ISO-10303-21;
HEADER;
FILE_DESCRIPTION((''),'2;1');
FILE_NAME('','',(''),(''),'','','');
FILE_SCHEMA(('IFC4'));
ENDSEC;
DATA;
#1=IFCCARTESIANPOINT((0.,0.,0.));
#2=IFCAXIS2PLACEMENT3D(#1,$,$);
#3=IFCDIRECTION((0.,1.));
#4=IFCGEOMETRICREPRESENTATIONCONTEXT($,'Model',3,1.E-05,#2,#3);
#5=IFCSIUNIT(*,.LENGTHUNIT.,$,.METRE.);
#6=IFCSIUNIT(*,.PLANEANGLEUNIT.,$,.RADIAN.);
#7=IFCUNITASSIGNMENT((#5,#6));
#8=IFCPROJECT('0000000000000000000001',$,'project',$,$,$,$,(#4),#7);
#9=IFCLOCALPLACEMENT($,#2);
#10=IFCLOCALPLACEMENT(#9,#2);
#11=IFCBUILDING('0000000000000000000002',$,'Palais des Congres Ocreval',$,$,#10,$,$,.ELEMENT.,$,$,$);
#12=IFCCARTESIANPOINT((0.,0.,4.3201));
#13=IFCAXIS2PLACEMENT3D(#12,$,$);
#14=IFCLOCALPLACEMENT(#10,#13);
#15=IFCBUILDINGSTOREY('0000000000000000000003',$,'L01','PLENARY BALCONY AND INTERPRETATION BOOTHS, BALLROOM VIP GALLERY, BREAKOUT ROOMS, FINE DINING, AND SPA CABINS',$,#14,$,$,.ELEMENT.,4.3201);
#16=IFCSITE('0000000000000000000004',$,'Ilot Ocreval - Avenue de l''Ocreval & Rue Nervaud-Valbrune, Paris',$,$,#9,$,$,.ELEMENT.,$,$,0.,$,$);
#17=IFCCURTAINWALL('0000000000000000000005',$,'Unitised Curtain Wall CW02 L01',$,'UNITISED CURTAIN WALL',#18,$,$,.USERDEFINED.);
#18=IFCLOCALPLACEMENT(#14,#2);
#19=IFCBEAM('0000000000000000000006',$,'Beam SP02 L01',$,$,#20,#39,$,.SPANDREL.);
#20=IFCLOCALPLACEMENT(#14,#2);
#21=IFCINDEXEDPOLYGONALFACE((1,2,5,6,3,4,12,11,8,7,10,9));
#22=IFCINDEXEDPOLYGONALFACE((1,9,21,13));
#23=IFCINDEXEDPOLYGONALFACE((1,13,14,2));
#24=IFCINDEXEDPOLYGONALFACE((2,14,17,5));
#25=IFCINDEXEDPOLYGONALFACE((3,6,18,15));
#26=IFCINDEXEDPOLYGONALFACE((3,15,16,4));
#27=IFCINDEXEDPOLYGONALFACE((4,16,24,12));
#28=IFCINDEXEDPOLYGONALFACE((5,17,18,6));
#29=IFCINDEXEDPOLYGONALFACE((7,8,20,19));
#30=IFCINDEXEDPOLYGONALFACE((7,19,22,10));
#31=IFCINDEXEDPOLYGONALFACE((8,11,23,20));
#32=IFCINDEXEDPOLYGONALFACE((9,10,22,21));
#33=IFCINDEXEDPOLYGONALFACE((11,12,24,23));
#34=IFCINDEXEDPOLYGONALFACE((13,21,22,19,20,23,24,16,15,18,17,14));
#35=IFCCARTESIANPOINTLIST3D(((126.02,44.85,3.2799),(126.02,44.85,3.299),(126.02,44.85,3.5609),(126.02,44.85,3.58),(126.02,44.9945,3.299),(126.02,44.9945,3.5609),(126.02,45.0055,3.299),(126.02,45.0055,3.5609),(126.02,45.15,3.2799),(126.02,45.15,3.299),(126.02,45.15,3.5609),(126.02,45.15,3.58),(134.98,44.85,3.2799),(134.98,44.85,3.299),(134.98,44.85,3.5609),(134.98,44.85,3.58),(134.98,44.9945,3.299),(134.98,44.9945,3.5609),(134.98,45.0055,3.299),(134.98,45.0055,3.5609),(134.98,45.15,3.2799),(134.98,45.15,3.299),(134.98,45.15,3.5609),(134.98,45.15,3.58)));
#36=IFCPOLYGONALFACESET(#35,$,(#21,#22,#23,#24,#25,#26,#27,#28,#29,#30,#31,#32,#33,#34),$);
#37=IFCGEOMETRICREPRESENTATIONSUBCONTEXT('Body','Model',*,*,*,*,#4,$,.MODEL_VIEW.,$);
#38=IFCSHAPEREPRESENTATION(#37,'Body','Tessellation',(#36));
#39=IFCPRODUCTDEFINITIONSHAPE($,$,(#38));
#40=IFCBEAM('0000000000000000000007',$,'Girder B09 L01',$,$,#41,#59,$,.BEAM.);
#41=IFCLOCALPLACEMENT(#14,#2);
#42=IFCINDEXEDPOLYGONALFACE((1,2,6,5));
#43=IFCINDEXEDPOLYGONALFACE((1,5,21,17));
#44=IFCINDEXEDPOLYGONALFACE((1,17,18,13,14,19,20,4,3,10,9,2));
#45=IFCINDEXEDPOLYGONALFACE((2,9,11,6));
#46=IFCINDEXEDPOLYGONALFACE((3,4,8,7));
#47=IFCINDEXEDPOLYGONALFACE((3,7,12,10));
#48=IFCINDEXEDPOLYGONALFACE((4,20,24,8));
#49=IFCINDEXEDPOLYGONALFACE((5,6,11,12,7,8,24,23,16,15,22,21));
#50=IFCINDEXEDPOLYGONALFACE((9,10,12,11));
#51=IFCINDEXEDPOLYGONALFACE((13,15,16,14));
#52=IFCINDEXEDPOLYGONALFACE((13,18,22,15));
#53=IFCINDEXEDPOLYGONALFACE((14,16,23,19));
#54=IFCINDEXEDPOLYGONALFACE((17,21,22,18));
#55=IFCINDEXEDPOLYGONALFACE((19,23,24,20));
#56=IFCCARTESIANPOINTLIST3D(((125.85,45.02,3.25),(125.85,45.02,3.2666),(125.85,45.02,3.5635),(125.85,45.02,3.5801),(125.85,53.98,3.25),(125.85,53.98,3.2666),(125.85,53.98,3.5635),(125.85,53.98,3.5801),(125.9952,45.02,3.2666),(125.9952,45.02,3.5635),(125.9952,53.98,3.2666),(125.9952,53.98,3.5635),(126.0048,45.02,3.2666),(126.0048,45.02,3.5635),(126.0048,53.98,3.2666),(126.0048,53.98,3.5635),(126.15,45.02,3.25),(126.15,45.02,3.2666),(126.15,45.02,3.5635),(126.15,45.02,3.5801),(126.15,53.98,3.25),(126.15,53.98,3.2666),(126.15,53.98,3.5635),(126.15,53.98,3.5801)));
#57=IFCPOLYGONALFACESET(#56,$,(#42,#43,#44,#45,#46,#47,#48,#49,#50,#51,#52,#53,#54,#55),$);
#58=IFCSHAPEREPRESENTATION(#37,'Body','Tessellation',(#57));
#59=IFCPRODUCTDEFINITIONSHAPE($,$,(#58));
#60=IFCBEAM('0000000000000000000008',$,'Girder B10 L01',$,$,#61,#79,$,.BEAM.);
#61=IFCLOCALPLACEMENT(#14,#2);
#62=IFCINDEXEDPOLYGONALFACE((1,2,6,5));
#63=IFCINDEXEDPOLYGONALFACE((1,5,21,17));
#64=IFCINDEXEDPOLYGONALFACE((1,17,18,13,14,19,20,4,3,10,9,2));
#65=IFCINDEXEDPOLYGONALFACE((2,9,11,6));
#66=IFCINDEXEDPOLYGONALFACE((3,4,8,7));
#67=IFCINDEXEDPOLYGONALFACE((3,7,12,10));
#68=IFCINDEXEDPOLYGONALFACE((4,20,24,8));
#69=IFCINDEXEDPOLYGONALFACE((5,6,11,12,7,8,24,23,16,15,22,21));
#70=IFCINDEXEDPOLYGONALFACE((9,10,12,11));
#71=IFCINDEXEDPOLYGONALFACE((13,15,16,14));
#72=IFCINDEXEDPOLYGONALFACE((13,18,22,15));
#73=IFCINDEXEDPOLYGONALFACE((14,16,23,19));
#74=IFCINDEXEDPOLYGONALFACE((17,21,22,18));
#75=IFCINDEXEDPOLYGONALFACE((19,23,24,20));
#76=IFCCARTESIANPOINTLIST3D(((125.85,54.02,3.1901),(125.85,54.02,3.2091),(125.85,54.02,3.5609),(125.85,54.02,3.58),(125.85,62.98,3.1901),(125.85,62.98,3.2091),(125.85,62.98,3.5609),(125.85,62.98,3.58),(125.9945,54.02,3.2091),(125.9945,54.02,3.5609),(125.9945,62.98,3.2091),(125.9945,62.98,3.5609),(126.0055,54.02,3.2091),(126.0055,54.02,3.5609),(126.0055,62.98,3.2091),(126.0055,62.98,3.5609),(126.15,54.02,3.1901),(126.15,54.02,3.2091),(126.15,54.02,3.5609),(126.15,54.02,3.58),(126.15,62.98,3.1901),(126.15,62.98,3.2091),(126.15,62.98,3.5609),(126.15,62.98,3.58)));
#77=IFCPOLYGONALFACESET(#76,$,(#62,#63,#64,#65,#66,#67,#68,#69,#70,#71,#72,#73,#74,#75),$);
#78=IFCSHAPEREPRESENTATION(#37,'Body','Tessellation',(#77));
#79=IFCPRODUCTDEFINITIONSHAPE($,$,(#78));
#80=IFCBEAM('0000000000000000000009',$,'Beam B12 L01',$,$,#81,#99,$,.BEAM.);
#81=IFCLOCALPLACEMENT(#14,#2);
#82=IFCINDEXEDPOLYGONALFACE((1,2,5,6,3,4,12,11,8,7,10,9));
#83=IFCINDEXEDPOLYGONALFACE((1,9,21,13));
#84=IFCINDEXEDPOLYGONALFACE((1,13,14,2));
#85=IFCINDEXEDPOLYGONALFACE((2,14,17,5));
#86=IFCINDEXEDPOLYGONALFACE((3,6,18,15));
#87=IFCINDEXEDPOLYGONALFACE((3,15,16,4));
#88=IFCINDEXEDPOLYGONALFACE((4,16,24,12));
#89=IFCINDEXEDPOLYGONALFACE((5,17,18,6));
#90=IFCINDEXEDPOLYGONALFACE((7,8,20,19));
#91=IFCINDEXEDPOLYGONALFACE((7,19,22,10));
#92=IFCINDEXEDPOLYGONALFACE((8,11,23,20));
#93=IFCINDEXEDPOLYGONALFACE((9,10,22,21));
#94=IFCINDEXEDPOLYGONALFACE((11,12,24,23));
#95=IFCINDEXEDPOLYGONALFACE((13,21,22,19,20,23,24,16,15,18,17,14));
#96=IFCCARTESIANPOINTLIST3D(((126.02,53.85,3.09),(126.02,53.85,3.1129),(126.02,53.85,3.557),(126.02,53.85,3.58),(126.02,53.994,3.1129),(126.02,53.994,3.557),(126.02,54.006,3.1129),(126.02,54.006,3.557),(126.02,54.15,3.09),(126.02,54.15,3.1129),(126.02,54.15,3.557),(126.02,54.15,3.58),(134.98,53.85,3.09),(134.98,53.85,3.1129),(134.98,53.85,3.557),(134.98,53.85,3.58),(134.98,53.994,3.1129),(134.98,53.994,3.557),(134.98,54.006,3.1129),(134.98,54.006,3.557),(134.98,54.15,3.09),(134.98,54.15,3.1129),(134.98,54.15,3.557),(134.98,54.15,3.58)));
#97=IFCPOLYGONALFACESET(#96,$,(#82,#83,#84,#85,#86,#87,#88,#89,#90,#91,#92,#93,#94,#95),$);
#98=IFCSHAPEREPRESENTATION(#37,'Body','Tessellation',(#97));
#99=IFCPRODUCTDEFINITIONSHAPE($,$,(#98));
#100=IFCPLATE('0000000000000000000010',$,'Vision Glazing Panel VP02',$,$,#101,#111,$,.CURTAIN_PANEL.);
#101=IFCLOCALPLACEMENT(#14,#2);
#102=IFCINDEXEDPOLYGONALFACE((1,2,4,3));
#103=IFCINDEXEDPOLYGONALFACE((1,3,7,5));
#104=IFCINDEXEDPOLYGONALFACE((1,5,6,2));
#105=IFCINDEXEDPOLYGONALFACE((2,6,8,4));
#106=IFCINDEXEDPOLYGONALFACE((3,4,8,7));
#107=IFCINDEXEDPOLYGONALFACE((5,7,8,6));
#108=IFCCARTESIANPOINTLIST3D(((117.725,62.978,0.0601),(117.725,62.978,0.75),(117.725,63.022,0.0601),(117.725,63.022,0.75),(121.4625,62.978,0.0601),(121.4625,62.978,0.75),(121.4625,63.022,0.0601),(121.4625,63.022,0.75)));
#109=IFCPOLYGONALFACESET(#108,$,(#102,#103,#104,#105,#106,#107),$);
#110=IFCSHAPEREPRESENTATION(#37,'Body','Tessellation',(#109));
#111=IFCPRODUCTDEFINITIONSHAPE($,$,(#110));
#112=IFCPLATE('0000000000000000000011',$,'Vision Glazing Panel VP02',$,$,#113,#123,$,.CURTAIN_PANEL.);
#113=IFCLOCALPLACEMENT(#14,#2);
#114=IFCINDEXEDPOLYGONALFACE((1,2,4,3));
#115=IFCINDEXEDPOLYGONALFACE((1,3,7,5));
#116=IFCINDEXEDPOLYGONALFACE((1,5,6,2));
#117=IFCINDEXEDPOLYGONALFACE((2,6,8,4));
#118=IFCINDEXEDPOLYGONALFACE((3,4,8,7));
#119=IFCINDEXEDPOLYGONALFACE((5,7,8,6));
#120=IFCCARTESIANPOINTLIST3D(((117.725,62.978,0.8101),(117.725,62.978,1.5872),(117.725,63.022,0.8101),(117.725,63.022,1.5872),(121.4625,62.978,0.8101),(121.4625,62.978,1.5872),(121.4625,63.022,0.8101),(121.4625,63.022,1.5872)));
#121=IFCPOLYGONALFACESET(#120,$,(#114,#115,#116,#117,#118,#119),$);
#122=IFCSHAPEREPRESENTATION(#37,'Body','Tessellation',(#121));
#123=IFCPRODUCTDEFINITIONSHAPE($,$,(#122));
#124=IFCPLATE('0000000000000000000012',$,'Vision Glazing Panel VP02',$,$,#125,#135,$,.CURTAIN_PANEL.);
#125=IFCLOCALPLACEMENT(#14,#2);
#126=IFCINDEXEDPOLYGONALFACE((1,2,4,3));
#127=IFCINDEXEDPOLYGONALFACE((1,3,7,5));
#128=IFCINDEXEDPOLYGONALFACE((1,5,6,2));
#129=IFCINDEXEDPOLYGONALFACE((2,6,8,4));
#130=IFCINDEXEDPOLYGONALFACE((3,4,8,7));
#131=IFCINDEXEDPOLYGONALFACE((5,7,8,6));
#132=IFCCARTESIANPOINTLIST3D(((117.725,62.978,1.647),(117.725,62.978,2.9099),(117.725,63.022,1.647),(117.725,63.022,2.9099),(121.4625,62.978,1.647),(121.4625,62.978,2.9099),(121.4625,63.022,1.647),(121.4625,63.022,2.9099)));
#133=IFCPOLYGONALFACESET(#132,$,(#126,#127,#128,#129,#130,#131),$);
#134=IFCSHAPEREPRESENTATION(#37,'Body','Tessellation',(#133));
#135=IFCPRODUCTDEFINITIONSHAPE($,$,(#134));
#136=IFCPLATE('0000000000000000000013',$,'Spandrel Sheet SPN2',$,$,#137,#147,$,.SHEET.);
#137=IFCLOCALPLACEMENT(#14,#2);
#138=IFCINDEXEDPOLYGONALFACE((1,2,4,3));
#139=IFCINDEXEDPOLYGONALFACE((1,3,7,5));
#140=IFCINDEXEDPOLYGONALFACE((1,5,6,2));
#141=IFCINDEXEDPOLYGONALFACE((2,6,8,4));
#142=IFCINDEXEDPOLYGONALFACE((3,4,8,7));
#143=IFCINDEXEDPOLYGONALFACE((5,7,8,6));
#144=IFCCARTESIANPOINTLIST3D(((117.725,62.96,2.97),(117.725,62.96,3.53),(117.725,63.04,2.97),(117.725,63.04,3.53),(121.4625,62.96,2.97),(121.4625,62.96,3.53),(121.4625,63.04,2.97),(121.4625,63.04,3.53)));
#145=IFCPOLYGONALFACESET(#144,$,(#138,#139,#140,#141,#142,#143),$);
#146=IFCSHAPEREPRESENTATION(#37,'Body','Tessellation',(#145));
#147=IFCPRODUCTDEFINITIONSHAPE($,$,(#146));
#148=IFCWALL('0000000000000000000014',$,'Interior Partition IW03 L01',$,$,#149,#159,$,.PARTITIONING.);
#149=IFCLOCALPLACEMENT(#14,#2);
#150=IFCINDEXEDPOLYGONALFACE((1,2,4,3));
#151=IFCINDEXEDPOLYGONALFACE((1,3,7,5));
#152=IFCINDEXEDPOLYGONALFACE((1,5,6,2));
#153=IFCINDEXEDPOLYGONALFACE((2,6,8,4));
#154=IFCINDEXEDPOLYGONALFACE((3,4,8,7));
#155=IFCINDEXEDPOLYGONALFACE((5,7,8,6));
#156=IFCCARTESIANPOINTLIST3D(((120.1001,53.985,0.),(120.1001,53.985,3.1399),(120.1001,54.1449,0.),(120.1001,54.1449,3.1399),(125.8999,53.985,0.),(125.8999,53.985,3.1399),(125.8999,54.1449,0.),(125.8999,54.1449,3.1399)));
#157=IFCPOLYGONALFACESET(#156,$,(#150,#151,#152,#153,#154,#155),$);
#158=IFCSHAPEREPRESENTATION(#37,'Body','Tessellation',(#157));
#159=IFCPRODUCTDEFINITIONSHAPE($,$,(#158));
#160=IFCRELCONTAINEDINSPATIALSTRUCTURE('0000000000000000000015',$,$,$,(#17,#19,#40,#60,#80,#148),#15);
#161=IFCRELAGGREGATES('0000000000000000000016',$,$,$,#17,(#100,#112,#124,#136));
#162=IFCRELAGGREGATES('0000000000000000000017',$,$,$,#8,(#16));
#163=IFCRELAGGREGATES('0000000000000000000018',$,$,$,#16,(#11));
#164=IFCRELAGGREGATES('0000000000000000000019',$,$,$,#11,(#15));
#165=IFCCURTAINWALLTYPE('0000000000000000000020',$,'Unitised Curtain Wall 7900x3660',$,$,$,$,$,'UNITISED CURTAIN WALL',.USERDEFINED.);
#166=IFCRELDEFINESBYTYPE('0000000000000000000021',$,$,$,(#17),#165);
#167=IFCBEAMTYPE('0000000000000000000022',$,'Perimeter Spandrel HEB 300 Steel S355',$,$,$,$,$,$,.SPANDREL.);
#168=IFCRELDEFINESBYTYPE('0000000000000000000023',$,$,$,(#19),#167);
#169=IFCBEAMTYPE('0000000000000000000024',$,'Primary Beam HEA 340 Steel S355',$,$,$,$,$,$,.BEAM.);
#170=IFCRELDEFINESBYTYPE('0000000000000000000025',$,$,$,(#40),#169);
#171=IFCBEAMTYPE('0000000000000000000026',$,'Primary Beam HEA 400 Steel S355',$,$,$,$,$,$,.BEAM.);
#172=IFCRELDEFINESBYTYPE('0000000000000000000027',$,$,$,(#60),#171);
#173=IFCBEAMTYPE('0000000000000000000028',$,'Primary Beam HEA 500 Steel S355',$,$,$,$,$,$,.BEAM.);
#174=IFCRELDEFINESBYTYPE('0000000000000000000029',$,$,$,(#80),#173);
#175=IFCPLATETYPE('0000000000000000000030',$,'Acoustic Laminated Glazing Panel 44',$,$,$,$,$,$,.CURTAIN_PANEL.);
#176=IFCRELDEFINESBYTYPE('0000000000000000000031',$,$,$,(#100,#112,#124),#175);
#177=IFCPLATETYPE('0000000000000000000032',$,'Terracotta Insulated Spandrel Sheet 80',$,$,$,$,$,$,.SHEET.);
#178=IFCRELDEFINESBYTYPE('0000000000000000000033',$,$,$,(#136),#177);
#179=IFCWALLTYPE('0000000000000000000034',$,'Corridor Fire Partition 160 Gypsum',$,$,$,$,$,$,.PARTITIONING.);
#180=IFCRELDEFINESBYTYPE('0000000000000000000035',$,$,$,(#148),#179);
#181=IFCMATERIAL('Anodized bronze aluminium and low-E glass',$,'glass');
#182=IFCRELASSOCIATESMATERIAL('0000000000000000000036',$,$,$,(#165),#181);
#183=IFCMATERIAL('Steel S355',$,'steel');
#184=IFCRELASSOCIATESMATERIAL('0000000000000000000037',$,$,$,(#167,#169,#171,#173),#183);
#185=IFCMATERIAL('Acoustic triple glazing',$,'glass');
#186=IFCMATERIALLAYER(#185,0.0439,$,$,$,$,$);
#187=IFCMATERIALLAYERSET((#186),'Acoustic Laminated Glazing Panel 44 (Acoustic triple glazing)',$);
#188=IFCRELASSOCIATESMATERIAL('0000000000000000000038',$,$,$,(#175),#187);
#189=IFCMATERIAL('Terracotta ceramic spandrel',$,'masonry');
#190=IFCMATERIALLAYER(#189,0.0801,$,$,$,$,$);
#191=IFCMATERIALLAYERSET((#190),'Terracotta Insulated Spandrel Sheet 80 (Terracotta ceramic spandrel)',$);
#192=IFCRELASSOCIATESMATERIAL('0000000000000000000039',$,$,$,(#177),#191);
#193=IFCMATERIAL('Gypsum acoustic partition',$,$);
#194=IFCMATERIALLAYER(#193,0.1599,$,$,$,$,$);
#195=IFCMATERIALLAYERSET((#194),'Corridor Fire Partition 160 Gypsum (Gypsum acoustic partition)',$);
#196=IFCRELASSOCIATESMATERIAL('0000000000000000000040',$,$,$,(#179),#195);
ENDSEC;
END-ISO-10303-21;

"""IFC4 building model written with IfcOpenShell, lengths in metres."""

from ifc_helpers import new_model, si_unit, direction, frame, frame_2d, origin, origin_2d, place, context, subcontext, project, spatial, rectangle, i_section, extrude, material, layer, layer_set, material_profile, profile_set, type_object, element, aggregate, save


model = new_model("IFC4")

# Units and contexts
model_context = context("Model", 3, precision=1e-05, world=origin(), true_north=direction((0.0, 1.0)))
body_context = subcontext(model_context, "Body", "Model", "MODEL_VIEW")
ifc_project = project(units=[si_unit("LENGTHUNIT", "METRE"), si_unit("PLANEANGLEUNIT", "RADIAN")], contexts=[model_context])

# Site, building, storey
site_placement = place(None, origin())
site = spatial("IfcSite", under=ifc_project, at=site_placement, Name="Ilot Ocreval - Avenue de l'Ocreval & Rue Nervaud-Valbrune, Paris", CompositionType="ELEMENT", RefElevation=0.0)
building_placement = place(site_placement, origin())
building = spatial("IfcBuilding", under=site, at=building_placement, Name="Palais des Congres Ocreval", CompositionType="ELEMENT")
storey_placement = place(building_placement, frame((0.0, 0.0, 4.3201)))
storey = spatial("IfcBuildingStorey", under=building, at=storey_placement, Name="L01", Description="PLENARY BALCONY AND INTERPRETATION BOOTHS, BALLROOM VIP GALLERY, BREAKOUT ROOMS, FINE DINING, AND SPA CABINS", CompositionType="ELEMENT", Elevation=4.3201)

# Shared definitions
ifc_material_1 = material(Name="Steel S355", Category="steel")

# Curtain wall
ifc_material_2 = material(Name="Anodized bronze aluminium and low-E glass", Category="glass")
curtain_wall_type = type_object("IfcCurtainWallType", Name="Unitised Curtain Wall 7900x3660", ElementType="UNITISED CURTAIN WALL", PredefinedType="USERDEFINED", material=ifc_material_2)
curtain_wall_placement = place(storey_placement, origin())
curtain_wall = element("IfcCurtainWall", 1, at=curtain_wall_placement, inside=storey, type_object=curtain_wall_type, Name="Unitised Curtain Wall CW02 L01", ObjectType="UNITISED CURTAIN WALL", PredefinedType="USERDEFINED")

# Beams
ifc_material_profile_1 = material_profile(ifc_material_1, i_section(OverallWidth=0.3, OverallDepth=0.3, WebThickness=0.011, FlangeThickness=0.019, at=origin_2d()), Name="HEB 300")
ifc_profile_set_1 = profile_set([ifc_material_profile_1], Name="Steel S355")
beam_type_1 = type_object("IfcBeamType", Name="Perimeter Spandrel HEB 300 Steel S355", PredefinedType="SPANDREL", material=ifc_profile_set_1)
beam_1_placement = place(storey_placement, frame((126.02, 45.0, 3.4299), z_axis=(1.0, 0.0, 0.0), x_axis=(0.0, 1.0, 0.0)))
element("IfcBeam", 2, at=beam_1_placement, inside=storey, type_object=beam_type_1, Name="Beam SP02 L01", PredefinedType="SPANDREL", context=body_context, shape_type="SweptSolid", body=[
    extrude(i_section(OverallWidth=0.3, OverallDepth=0.3, WebThickness=0.011, FlangeThickness=0.019, at=origin_2d()), origin(), (0.0, 0.0, 1.0), 8.96),
])
ifc_material_profile_2 = material_profile(ifc_material_1, i_section(OverallWidth=0.3, OverallDepth=0.3301, WebThickness=0.0095, FlangeThickness=0.0166, at=origin_2d()), Name="HEA 340")
ifc_profile_set_2 = profile_set([ifc_material_profile_2], Name="Steel S355")
beam_type_2 = type_object("IfcBeamType", Name="Primary Beam HEA 340 Steel S355", PredefinedType="BEAM", material=ifc_profile_set_2)
beam_2_placement = place(storey_placement, frame((126.0, 45.02, 3.415), z_axis=(0.0, 1.0, 0.0), x_axis=(-1.0, 0.0, 0.0)))
element("IfcBeam", 3, at=beam_2_placement, inside=storey, type_object=beam_type_2, Name="Girder B09 L01", PredefinedType="BEAM", context=body_context, shape_type="SweptSolid", body=[
    extrude(i_section(OverallWidth=0.3, OverallDepth=0.3301, WebThickness=0.0095, FlangeThickness=0.0166, at=origin_2d()), origin(), (0.0, 0.0, 1.0), 8.96),
])
ifc_material_profile_3 = material_profile(ifc_material_1, i_section(OverallWidth=0.3, OverallDepth=0.3899, WebThickness=0.011, FlangeThickness=0.019, at=origin_2d()), Name="HEA 400")
ifc_profile_set_3 = profile_set([ifc_material_profile_3], Name="Steel S355")
beam_type_3 = type_object("IfcBeamType", Name="Primary Beam HEA 400 Steel S355", PredefinedType="BEAM", material=ifc_profile_set_3)
beam_3_placement = place(storey_placement, frame((126.0, 54.02, 3.385), z_axis=(0.0, 1.0, 0.0), x_axis=(-1.0, 0.0, 0.0)))
element("IfcBeam", 4, at=beam_3_placement, inside=storey, type_object=beam_type_3, Name="Girder B10 L01", PredefinedType="BEAM", context=body_context, shape_type="SweptSolid", body=[
    extrude(i_section(OverallWidth=0.3, OverallDepth=0.3899, WebThickness=0.011, FlangeThickness=0.019, at=origin_2d()), origin(), (0.0, 0.0, 1.0), 8.96),
])
ifc_material_profile_4 = material_profile(ifc_material_1, i_section(OverallWidth=0.3, OverallDepth=0.49, WebThickness=0.012, FlangeThickness=0.0229, at=origin_2d()), Name="HEA 500")
ifc_profile_set_4 = profile_set([ifc_material_profile_4], Name="Steel S355")
beam_type_4 = type_object("IfcBeamType", Name="Primary Beam HEA 500 Steel S355", PredefinedType="BEAM", material=ifc_profile_set_4)
beam_4_placement = place(storey_placement, frame((126.02, 54.0, 3.335), z_axis=(1.0, 0.0, 0.0), x_axis=(0.0, 1.0, 0.0)))
element("IfcBeam", 5, at=beam_4_placement, inside=storey, type_object=beam_type_4, Name="Beam B12 L01", PredefinedType="BEAM", context=body_context, shape_type="SweptSolid", body=[
    extrude(i_section(OverallWidth=0.3, OverallDepth=0.49, WebThickness=0.012, FlangeThickness=0.0229, at=origin_2d()), origin(), (0.0, 0.0, 1.0), 8.96),
])

# Plates
ifc_material_3 = material(Name="Acoustic triple glazing", Category="glass")
ifc_layer_1 = layer(ifc_material_3, 0.0439)
ifc_layer_set_1 = layer_set([ifc_layer_1], Name="Acoustic Laminated Glazing Panel 44 (Acoustic triple glazing)")
plate_type_1 = type_object("IfcPlateType", Name="Acoustic Laminated Glazing Panel 44", PredefinedType="CURTAIN_PANEL", material=ifc_layer_set_1)
plate_1_placement = place(storey_placement, frame((119.5938, 63.0, 0.0601), z_axis=(0.0, 0.0, 1.0), x_axis=(1.0, 0.0, 0.0)))
plate_1 = element("IfcPlate", 6, at=plate_1_placement, type_object=plate_type_1, Name="Vision Glazing Panel VP02", PredefinedType="CURTAIN_PANEL", context=body_context, shape_type="SweptSolid", body=[
    extrude(rectangle(XDim=3.7375, YDim=0.0439, at=origin_2d()), origin(), (0.0, 0.0, 1.0), 0.6899),
])
plate_2_placement = place(storey_placement, frame((119.5938, 63.0, 0.8101), z_axis=(0.0, 0.0, 1.0), x_axis=(1.0, 0.0, 0.0)))
plate_2 = element("IfcPlate", 7, at=plate_2_placement, type_object=plate_type_1, Name="Vision Glazing Panel VP02", PredefinedType="CURTAIN_PANEL", context=body_context, shape_type="SweptSolid", body=[
    extrude(rectangle(XDim=3.7375, YDim=0.0439, at=origin_2d()), origin(), (0.0, 0.0, 1.0), 0.7771),
])
plate_3_placement = place(storey_placement, frame((119.5938, 63.0, 1.647), z_axis=(0.0, 0.0, 1.0), x_axis=(1.0, 0.0, 0.0)))
plate_3 = element("IfcPlate", 8, at=plate_3_placement, type_object=plate_type_1, Name="Vision Glazing Panel VP02", PredefinedType="CURTAIN_PANEL", context=body_context, shape_type="SweptSolid", body=[
    extrude(rectangle(XDim=3.7375, YDim=0.0439, at=origin_2d()), origin(), (0.0, 0.0, 1.0), 1.2629),
])
ifc_material_4 = material(Name="Terracotta ceramic spandrel", Category="masonry")
ifc_layer_2 = layer(ifc_material_4, 0.0801)
ifc_layer_set_2 = layer_set([ifc_layer_2], Name="Terracotta Insulated Spandrel Sheet 80 (Terracotta ceramic spandrel)")
plate_type_2 = type_object("IfcPlateType", Name="Terracotta Insulated Spandrel Sheet 80", PredefinedType="SHEET", material=ifc_layer_set_2)
plate_4_placement = place(storey_placement, frame((119.5938, 63.0, 2.97), z_axis=(0.0, 0.0, 1.0), x_axis=(1.0, 0.0, 0.0)))
plate_4 = element("IfcPlate", 9, at=plate_4_placement, type_object=plate_type_2, Name="Spandrel Sheet SPN2", PredefinedType="SHEET", context=body_context, shape_type="SweptSolid", body=[
    extrude(rectangle(XDim=3.7375, YDim=0.0801, at=origin_2d()), origin(), (0.0, 0.0, 1.0), 0.5601),
])
aggregate(curtain_wall, [plate_1, plate_2, plate_3, plate_4])

# Wall
ifc_material_5 = material(Name="Gypsum acoustic partition")
ifc_layer_3 = layer(ifc_material_5, 0.1599)
ifc_layer_set_3 = layer_set([ifc_layer_3], Name="Corridor Fire Partition 160 Gypsum (Gypsum acoustic partition)")
wall_type_1 = type_object("IfcWallType", Name="Corridor Fire Partition 160 Gypsum", PredefinedType="PARTITIONING", material=ifc_layer_set_3)
wall_1_placement = place(storey_placement, frame((120.1001, 54.0649, 0.0), z_axis=(0.0, 0.0, 1.0), x_axis=(1.0, 0.0, 0.0)))
element("IfcWall", 10, at=wall_1_placement, inside=storey, type_object=wall_type_1, Name="Interior Partition IW03 L01", PredefinedType="PARTITIONING", context=body_context, shape_type="SweptSolid", body=[
    extrude(rectangle(XDim=5.7998, YDim=0.1599, at=frame_2d((2.8999, 0.0))), origin(), (0.0, 0.0, 1.0), 3.1399),
])

save(model, "model.ifc")
